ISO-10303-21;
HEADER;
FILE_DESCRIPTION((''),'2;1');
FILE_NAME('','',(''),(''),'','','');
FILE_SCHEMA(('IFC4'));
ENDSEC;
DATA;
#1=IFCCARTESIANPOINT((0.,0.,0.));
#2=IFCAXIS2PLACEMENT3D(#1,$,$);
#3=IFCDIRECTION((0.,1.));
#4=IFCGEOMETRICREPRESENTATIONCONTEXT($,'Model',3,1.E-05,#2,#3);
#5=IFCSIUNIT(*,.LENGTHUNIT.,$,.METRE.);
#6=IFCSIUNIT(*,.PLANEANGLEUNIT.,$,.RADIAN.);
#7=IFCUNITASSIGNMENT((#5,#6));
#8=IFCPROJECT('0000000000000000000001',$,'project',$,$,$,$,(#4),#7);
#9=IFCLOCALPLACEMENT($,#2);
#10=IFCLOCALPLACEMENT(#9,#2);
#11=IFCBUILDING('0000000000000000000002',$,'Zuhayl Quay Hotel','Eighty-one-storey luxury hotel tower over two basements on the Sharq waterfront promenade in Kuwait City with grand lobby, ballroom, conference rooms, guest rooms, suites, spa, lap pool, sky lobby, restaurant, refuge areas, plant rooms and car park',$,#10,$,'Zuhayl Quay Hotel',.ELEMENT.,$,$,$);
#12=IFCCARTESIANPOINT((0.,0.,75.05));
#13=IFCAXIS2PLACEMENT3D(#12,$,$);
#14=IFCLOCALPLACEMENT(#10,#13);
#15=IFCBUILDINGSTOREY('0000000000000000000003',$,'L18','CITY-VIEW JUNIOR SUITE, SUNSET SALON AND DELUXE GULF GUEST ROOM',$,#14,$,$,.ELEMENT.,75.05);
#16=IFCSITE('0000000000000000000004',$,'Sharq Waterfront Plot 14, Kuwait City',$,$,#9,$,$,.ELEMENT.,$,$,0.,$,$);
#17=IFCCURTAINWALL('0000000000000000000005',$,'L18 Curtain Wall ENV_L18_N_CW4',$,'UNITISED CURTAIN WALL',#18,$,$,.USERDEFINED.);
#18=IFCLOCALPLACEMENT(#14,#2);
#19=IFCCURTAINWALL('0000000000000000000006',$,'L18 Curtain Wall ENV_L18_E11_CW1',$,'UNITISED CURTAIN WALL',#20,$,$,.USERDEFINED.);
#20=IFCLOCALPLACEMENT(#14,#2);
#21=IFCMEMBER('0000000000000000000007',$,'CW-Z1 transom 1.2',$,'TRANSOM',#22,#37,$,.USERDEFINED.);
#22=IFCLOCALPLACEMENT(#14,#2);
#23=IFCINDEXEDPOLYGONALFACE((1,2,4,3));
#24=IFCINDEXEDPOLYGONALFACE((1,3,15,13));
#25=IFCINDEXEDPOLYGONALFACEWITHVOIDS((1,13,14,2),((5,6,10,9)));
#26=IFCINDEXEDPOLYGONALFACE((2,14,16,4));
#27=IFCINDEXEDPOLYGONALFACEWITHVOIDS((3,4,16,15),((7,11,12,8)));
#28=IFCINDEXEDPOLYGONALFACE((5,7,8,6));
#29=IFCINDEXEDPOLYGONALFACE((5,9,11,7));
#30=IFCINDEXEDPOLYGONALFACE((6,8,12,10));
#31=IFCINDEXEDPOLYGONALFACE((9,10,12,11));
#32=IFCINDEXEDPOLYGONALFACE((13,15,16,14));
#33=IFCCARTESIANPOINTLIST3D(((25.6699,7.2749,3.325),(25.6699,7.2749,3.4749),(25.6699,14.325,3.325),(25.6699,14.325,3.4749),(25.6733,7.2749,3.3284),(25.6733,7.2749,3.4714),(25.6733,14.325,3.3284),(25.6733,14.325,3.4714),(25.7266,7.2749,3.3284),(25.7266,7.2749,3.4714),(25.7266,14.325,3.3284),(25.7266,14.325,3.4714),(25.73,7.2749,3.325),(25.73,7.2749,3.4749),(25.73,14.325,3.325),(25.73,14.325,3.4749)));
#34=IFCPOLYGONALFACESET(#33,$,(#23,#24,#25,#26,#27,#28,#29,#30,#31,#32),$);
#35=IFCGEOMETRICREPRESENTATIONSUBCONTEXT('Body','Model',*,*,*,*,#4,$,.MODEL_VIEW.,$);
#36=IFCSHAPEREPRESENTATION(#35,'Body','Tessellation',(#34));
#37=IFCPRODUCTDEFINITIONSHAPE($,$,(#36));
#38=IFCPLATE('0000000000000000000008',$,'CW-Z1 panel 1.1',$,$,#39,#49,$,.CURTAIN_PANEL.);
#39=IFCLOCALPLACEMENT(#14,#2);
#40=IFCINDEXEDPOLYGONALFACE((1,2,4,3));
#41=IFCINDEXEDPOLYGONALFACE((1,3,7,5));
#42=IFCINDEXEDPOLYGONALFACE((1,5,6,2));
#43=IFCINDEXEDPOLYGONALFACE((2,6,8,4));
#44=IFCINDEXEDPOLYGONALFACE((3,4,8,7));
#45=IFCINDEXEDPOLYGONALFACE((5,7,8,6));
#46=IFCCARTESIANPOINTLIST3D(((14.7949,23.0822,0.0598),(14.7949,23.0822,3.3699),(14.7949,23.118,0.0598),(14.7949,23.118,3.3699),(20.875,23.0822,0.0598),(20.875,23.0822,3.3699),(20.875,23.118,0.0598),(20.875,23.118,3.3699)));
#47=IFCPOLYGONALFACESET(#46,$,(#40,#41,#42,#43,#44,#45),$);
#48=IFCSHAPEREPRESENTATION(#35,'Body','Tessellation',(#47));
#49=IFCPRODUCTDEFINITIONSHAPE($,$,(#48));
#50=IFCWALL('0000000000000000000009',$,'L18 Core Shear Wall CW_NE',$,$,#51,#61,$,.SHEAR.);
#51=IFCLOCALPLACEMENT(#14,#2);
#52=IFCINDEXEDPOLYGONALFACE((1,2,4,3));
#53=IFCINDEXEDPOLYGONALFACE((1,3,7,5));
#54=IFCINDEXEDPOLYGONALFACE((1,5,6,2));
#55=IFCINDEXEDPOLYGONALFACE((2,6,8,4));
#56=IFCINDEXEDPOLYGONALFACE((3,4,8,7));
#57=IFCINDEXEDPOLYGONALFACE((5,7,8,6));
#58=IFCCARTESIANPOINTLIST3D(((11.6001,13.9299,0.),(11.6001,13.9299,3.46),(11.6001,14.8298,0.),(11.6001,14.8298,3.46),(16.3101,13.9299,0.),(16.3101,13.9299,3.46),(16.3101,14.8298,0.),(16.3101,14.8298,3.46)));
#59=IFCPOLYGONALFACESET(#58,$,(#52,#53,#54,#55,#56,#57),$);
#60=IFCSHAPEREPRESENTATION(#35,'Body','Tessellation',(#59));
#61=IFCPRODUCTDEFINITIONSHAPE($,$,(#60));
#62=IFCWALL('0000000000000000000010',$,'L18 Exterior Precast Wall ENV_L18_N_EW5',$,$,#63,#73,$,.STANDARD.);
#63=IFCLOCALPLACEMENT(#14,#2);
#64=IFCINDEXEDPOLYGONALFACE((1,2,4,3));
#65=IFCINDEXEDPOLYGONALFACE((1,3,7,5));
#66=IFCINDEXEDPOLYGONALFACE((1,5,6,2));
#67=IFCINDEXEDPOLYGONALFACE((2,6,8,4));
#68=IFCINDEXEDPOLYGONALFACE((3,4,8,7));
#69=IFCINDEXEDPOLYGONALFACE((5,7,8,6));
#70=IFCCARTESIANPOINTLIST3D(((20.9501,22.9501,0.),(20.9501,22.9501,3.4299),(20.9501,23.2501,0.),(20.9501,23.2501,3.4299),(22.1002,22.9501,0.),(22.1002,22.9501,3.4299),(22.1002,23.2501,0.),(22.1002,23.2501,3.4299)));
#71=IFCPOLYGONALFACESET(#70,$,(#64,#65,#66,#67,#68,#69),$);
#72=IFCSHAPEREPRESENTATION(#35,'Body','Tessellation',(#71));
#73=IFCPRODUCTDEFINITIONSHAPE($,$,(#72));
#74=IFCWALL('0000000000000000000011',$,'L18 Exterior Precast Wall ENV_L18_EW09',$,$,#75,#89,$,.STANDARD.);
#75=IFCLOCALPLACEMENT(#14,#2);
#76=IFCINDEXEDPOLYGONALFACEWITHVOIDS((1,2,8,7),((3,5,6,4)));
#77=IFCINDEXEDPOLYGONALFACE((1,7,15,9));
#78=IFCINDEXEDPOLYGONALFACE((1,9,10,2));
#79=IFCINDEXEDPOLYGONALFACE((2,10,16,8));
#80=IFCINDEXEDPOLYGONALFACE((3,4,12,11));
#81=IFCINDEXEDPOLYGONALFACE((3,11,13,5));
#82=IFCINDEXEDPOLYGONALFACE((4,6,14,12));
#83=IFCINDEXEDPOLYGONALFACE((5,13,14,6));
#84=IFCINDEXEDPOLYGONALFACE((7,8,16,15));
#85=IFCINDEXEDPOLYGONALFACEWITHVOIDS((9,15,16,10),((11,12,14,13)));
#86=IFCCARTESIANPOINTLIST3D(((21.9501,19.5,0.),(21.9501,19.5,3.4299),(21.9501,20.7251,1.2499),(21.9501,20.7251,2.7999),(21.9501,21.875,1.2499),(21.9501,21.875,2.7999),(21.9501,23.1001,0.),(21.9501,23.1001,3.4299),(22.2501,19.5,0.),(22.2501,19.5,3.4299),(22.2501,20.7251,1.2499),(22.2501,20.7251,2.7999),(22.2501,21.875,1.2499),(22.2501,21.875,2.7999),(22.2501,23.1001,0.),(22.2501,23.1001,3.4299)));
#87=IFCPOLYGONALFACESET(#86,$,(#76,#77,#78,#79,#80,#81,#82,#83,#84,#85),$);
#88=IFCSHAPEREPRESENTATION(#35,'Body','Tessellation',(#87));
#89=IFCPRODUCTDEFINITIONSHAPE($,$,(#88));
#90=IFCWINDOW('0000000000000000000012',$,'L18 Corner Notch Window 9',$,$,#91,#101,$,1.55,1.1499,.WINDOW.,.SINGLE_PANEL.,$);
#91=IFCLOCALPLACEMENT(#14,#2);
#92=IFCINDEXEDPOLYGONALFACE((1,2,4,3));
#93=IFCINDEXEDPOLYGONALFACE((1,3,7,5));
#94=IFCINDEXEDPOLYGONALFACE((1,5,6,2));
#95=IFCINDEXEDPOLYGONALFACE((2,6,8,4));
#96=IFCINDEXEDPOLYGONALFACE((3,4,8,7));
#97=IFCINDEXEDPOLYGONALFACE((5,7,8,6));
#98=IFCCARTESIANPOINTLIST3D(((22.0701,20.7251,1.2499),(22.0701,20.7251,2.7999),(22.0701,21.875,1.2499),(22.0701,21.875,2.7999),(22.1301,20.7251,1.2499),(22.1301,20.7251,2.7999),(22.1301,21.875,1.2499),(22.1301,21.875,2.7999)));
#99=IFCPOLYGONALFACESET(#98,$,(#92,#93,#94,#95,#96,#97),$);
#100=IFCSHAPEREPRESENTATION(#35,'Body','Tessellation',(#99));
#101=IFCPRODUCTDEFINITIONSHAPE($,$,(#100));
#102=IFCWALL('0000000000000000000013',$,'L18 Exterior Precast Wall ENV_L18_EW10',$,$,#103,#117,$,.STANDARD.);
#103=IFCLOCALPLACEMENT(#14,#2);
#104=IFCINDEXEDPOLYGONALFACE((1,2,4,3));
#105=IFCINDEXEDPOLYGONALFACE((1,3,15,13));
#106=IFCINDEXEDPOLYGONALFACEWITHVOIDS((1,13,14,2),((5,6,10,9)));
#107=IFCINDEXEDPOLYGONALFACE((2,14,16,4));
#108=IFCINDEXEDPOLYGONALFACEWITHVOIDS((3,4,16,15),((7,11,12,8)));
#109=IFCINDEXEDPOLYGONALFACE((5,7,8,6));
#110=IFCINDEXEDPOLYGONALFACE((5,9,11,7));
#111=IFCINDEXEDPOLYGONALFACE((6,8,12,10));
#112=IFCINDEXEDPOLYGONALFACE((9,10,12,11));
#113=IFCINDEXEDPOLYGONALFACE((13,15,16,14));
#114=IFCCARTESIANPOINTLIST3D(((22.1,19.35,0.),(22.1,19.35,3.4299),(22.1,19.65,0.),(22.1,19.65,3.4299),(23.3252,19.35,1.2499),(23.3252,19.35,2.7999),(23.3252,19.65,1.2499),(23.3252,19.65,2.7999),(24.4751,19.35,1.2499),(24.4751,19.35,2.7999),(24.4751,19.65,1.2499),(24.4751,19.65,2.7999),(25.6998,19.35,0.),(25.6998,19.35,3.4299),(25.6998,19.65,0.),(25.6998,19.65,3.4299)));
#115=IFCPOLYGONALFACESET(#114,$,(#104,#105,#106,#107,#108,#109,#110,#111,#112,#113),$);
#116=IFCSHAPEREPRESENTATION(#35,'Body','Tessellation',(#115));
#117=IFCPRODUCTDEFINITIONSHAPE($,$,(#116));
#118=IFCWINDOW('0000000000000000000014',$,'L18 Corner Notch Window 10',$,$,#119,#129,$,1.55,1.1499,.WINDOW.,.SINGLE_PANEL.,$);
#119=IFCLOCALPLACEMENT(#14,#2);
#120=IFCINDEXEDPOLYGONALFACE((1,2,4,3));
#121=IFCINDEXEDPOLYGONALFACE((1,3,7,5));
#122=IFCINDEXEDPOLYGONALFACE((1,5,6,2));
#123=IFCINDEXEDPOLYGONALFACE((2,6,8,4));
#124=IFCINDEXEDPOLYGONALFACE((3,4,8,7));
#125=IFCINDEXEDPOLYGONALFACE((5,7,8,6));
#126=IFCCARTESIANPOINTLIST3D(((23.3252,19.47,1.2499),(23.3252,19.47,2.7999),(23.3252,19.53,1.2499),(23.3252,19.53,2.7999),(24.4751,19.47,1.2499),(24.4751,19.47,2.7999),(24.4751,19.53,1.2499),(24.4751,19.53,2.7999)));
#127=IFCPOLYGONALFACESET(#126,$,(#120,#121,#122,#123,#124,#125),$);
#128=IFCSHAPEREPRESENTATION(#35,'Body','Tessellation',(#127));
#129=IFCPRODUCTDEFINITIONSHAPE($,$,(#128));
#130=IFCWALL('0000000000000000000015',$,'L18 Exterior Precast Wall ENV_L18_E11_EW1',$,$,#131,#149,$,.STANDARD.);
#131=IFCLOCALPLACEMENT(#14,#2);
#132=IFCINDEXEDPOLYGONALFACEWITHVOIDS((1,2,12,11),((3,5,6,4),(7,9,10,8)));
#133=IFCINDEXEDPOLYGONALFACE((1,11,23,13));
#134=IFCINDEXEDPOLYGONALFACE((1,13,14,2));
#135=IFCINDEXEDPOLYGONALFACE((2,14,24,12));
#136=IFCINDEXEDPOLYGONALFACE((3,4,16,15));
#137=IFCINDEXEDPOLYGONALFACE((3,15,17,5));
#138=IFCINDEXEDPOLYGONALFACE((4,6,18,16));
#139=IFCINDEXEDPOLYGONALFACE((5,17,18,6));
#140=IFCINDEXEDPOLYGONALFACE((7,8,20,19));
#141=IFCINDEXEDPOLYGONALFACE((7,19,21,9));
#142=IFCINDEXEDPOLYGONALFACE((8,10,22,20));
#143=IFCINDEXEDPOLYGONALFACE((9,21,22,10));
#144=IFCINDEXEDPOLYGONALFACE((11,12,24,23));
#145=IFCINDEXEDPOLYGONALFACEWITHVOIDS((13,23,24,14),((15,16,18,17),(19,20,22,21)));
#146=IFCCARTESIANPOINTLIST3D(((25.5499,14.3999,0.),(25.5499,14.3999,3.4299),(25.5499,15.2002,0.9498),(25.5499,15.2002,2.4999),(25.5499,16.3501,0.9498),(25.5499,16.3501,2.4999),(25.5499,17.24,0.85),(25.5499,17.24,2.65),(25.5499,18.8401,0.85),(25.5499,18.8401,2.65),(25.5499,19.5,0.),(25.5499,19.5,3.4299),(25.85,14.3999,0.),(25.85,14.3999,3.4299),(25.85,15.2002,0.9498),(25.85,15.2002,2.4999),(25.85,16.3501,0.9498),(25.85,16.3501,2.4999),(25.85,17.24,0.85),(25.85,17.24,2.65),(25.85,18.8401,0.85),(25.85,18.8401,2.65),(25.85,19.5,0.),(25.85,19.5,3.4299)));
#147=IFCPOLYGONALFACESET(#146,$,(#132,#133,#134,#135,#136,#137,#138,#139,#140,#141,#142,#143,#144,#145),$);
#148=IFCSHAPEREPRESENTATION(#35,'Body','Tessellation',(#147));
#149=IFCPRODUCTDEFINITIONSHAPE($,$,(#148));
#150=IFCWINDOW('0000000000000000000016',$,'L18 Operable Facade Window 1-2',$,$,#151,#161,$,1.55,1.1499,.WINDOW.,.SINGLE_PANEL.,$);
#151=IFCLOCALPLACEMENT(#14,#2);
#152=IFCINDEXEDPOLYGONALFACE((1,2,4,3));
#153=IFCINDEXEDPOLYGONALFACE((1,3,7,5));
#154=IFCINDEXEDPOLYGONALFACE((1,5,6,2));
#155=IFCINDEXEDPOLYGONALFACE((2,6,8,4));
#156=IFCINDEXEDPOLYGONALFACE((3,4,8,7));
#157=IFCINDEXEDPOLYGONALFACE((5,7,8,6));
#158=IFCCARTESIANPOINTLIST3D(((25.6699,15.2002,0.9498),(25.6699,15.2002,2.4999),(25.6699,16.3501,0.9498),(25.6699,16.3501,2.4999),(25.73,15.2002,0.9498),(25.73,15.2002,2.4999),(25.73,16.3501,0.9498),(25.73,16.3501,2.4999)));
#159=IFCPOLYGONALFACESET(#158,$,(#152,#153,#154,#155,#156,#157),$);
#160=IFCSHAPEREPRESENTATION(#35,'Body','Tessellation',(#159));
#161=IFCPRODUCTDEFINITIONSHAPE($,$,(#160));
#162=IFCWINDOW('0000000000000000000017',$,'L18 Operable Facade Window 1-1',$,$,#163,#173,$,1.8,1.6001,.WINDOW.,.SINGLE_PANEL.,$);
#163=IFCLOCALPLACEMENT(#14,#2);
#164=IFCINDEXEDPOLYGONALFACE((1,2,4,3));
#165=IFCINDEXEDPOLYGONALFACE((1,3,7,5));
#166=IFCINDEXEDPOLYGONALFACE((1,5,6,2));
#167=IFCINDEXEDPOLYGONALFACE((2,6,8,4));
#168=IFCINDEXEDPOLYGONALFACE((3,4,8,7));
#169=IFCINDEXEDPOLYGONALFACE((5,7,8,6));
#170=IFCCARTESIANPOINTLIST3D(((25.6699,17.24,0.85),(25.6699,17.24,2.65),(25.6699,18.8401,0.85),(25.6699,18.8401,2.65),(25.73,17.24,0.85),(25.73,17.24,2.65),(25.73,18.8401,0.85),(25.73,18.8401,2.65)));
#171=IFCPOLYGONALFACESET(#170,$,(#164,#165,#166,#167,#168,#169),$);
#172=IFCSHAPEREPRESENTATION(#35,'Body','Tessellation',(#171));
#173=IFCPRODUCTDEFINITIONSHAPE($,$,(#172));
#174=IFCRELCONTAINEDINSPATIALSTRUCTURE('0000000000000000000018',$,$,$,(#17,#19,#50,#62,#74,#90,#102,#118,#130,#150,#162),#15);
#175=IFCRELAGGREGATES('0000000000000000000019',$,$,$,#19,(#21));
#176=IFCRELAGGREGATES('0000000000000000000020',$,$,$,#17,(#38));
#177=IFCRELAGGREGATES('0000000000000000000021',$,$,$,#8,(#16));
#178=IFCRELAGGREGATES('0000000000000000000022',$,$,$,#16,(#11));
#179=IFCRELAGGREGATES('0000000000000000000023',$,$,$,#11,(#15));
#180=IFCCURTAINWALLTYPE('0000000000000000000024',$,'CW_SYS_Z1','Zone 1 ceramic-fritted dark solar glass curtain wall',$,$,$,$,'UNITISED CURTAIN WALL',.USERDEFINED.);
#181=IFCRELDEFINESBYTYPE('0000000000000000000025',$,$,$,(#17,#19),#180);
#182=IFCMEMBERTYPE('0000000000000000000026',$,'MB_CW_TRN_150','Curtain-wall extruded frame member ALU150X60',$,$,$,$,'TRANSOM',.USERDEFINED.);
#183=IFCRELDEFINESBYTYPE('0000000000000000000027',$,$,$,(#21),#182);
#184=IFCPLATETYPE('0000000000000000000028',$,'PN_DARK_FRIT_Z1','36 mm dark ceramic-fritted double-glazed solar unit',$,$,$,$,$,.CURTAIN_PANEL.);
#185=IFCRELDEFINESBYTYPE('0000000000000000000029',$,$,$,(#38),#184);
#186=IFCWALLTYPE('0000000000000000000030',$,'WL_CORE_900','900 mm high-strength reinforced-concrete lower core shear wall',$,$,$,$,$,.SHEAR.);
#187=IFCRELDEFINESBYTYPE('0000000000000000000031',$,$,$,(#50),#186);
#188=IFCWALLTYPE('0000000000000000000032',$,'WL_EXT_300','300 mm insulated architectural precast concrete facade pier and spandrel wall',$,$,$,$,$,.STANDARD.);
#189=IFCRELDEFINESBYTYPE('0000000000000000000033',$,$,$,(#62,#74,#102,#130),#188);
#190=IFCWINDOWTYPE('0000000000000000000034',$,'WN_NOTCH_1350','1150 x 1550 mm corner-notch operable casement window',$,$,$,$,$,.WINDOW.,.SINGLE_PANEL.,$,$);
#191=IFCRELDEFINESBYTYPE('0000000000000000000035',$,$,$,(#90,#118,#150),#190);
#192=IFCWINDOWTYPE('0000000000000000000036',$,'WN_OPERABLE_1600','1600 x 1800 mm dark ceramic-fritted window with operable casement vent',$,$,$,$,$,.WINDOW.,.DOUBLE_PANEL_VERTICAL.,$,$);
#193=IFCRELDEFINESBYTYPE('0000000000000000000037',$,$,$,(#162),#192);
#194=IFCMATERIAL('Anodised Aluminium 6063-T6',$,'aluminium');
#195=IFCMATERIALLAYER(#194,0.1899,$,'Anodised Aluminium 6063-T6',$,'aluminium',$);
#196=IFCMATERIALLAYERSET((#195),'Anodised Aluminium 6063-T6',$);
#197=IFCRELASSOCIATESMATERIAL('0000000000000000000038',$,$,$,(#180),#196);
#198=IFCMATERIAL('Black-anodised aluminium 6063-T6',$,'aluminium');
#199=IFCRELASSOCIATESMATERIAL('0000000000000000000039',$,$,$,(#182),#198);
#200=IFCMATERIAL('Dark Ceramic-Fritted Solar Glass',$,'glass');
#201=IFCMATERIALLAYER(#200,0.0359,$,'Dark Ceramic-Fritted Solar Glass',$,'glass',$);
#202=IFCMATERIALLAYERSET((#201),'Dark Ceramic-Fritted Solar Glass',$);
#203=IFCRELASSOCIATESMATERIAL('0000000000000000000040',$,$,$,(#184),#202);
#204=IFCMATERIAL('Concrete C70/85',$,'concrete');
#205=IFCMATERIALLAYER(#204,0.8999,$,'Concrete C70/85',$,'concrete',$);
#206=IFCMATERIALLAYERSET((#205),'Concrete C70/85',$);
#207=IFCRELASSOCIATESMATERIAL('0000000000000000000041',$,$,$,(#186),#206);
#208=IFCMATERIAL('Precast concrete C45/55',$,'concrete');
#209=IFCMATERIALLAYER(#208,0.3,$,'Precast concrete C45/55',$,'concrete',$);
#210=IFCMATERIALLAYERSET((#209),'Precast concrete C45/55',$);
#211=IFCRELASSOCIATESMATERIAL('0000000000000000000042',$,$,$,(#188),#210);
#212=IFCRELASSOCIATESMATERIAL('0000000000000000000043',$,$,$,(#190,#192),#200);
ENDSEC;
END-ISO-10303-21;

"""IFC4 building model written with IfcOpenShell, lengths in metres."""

from ifc_helpers import new_model, si_unit, direction, frame, frame_2d, origin, origin_2d, place, context, subcontext, project, spatial, rectangle, hollow_rectangle, extrude, material, layer, layer_set, material_profile, profile_set, type_object, element, fill, aggregate, save


model = new_model("IFC4")

# Units and contexts
model_context = context("Model", 3, precision=1e-05, world=origin(), true_north=direction((0.0, 1.0)))
body_context = subcontext(model_context, "Body", "Model", "MODEL_VIEW")
ifc_project = project(units=[si_unit("LENGTHUNIT", "METRE"), si_unit("PLANEANGLEUNIT", "RADIAN")], contexts=[model_context])

# Site, building, storey
site_placement = place(None, origin())
site = spatial("IfcSite", under=ifc_project, at=site_placement, Name="Sharq Waterfront Plot 14, Kuwait City", CompositionType="ELEMENT", RefElevation=0.0)
building_placement = place(site_placement, origin())
building = spatial("IfcBuilding", under=site, at=building_placement, Name="Zuhayl Quay Hotel", Description="Eighty-one-storey luxury hotel tower over two basements on the Sharq waterfront promenade in Kuwait City with grand lobby, ballroom, conference rooms, guest rooms, suites, spa, lap pool, sky lobby, restaurant, refuge areas, plant rooms and car park", LongName="Zuhayl Quay Hotel", CompositionType="ELEMENT")
storey_placement = place(building_placement, frame((0.0, 0.0, 75.05)))
storey = spatial("IfcBuildingStorey", under=building, at=storey_placement, Name="L18", Description="CITY-VIEW JUNIOR SUITE, SUNSET SALON AND DELUXE GULF GUEST ROOM", CompositionType="ELEMENT", Elevation=75.05)

# Shared definitions
ifc_material_1 = material(Name="Concrete C70/85", Category="concrete")

# Curtain wall
ifc_material_2 = material(Name="Anodised Aluminium 6063-T6", Category="aluminium")
ifc_layer_1 = layer(ifc_material_2, 0.1899, Name="Anodised Aluminium 6063-T6", Category="aluminium")
ifc_layer_set_1 = layer_set([ifc_layer_1], Name="Anodised Aluminium 6063-T6")
curtain_wall_type = type_object("IfcCurtainWallType", Name="CW_SYS_Z1", Description="Zone 1 ceramic-fritted dark solar glass curtain wall", ElementType="UNITISED CURTAIN WALL", PredefinedType="USERDEFINED", material=ifc_layer_set_1)
curtain_wall_1_placement = place(storey_placement, origin())
curtain_wall_1 = element("IfcCurtainWall", 1, at=curtain_wall_1_placement, inside=storey, type_object=curtain_wall_type, Name="L18 Curtain Wall ENV_L18_N_CW4", ObjectType="UNITISED CURTAIN WALL", PredefinedType="USERDEFINED")
ifc_material_3 = material(Name="Black-anodised aluminium 6063-T6", Category="aluminium")

# Curtain wall
curtain_wall_2_placement = place(storey_placement, origin())
curtain_wall_2 = element("IfcCurtainWall", 2, at=curtain_wall_2_placement, inside=storey, type_object=curtain_wall_type, Name="L18 Curtain Wall ENV_L18_E11_CW1", ObjectType="UNITISED CURTAIN WALL", PredefinedType="USERDEFINED")

# Member
ifc_material_profile_1 = material_profile(ifc_material_3, hollow_rectangle(XDim=0.0601, YDim=0.1499, WallThickness=0.0034, at=origin_2d()), Name="ALU150X60")
ifc_profile_set_1 = profile_set([ifc_material_profile_1], Name="Black-anodised aluminium 6063-T6")
member_type_1 = type_object("IfcMemberType", Name="MB_CW_TRN_150", Description="Curtain-wall extruded frame member ALU150X60", ElementType="TRANSOM", PredefinedType="USERDEFINED", material=ifc_profile_set_1)
member_1_placement = place(storey_placement, frame((25.7, 14.325, 3.3999), z_axis=(0.0, -1.0, 0.0), x_axis=(1.0, 0.0, 0.0)))
member_1 = element("IfcMember", 3, at=member_1_placement, type_object=member_type_1, Name="CW-Z1 transom 1.2", ObjectType="TRANSOM", PredefinedType="USERDEFINED", context=body_context, shape_type="SweptSolid", body=[
    extrude(hollow_rectangle(XDim=0.0601, YDim=0.1499, WallThickness=0.0034, at=origin_2d()), origin(), (0.0, 0.0, 1.0), 7.05),
])
aggregate(curtain_wall_2, [member_1])

# Plate
ifc_material_4 = material(Name="Dark Ceramic-Fritted Solar Glass", Category="glass")
ifc_layer_2 = layer(ifc_material_4, 0.0359, Name="Dark Ceramic-Fritted Solar Glass", Category="glass")
ifc_layer_set_2 = layer_set([ifc_layer_2], Name="Dark Ceramic-Fritted Solar Glass")
plate_type = type_object("IfcPlateType", Name="PN_DARK_FRIT_Z1", Description="36 mm dark ceramic-fritted double-glazed solar unit", PredefinedType="CURTAIN_PANEL", material=ifc_layer_set_2)
plate_placement = place(storey_placement, frame((17.835, 23.1001, 0.0598), z_axis=(0.0, 0.0, 1.0), x_axis=(1.0, 0.0, 0.0)))
plate = element("IfcPlate", 4, at=plate_placement, type_object=plate_type, Name="CW-Z1 panel 1.1", PredefinedType="CURTAIN_PANEL", context=body_context, shape_type="SweptSolid", body=[
    extrude(rectangle(XDim=6.0801, YDim=0.0359, at=origin_2d()), origin(), (0.0, 0.0, 1.0), 3.3101),
])
aggregate(curtain_wall_1, [plate])

# Walls
ifc_layer_3 = layer(ifc_material_1, 0.8999, Name="Concrete C70/85", Category="concrete")
ifc_layer_set_3 = layer_set([ifc_layer_3], Name="Concrete C70/85")
wall_type_1 = type_object("IfcWallType", Name="WL_CORE_900", Description="900 mm high-strength reinforced-concrete lower core shear wall", PredefinedType="SHEAR", material=ifc_layer_set_3)
wall_1_placement = place(storey_placement, frame((11.6001, 14.3799, 0.0), z_axis=(0.0, 0.0, 1.0), x_axis=(1.0, 0.0, 0.0)))
element("IfcWall", 5, at=wall_1_placement, inside=storey, type_object=wall_type_1, Name="L18 Core Shear Wall CW_NE", PredefinedType="SHEAR", context=body_context, shape_type="SweptSolid", body=[
    extrude(rectangle(XDim=4.71, YDim=0.8999, at=frame_2d((2.355, 0.0))), origin(), (0.0, 0.0, 1.0), 3.46),
])
ifc_material_5 = material(Name="Precast concrete C45/55", Category="concrete")
ifc_layer_4 = layer(ifc_material_5, 0.3, Name="Precast concrete C45/55", Category="concrete")
ifc_layer_set_4 = layer_set([ifc_layer_4], Name="Precast concrete C45/55")
wall_type_2 = type_object("IfcWallType", Name="WL_EXT_300", Description="300 mm insulated architectural precast concrete facade pier and spandrel wall", PredefinedType="STANDARD", material=ifc_layer_set_4)
wall_2_placement = place(storey_placement, frame((20.95, 23.1001, 0.0), z_axis=(0.0, 0.0, 1.0), x_axis=(1.0, 0.0, 0.0)))
element("IfcWall", 6, at=wall_2_placement, inside=storey, type_object=wall_type_2, Name="L18 Exterior Precast Wall ENV_L18_N_EW5", PredefinedType="STANDARD", context=body_context, shape_type="SweptSolid", body=[
    extrude(rectangle(XDim=1.1501, YDim=0.3, at=frame_2d((0.5752, 0.0))), origin(), (0.0, 0.0, 1.0), 3.4299),
])

# Walls, openings, windows
wall_3_placement = place(storey_placement, frame((22.1001, 23.1001, 0.0), z_axis=(0.0, 0.0, 1.0), x_axis=(0.0, -1.0, 0.0)))
wall_3 = element("IfcWall", 7, at=wall_3_placement, inside=storey, type_object=wall_type_2, Name="L18 Exterior Precast Wall ENV_L18_EW09", PredefinedType="STANDARD", context=body_context, shape_type="SweptSolid", body=[
    extrude(rectangle(XDim=3.6001, YDim=0.3, at=frame_2d((1.8, 0.0))), origin(), (0.0, 0.0, 1.0), 3.4299),
])
opening_1_placement = place(wall_3_placement, frame((1.2251, 0.0, 1.25)))
opening_1 = element("IfcOpeningElement", 8, at=opening_1_placement, cuts=wall_3, PredefinedType="OPENING", context=body_context, shape_type="SweptSolid", body=[
    extrude(rectangle(XDim=1.1499, YDim=1.55, at=frame_2d((0.575, 0.7749))), frame((0.0, 0.1599, 0.0), z_axis=(0.0, -1.0, 0.0), x_axis=(1.0, 0.0, 0.0)), (0.0, 0.0, 1.0), 0.3201),
])
window_type_1 = type_object("IfcWindowType", Name="WN_NOTCH_1350", Description="1150 x 1550 mm corner-notch operable casement window", PartitioningType="SINGLE_PANEL", PredefinedType="WINDOW", material=ifc_material_4)
window_1_placement = place(opening_1_placement, origin())
window_1 = element("IfcWindow", 9, at=window_1_placement, inside=storey, type_object=window_type_1, Name="L18 Corner Notch Window 9", OverallHeight=1.55, OverallWidth=1.1499, PartitioningType="SINGLE_PANEL", PredefinedType="WINDOW", context=body_context, shape_type="SweptSolid", body=[
    extrude(rectangle(XDim=1.1499, YDim=1.55, at=frame_2d((0.575, 0.7749))), frame((0.0, 0.03, 0.0), z_axis=(0.0, -1.0, 0.0), x_axis=(1.0, 0.0, 0.0)), (0.0, 0.0, 1.0), 0.0601),
])
fill(opening_1, window_1)
wall_4_placement = place(storey_placement, frame((22.1001, 19.5, 0.0), z_axis=(0.0, 0.0, 1.0), x_axis=(1.0, 0.0, 0.0)))
wall_4 = element("IfcWall", 10, at=wall_4_placement, inside=storey, type_object=wall_type_2, Name="L18 Exterior Precast Wall ENV_L18_EW10", PredefinedType="STANDARD", context=body_context, shape_type="SweptSolid", body=[
    extrude(rectangle(XDim=3.5999, YDim=0.3, at=frame_2d((1.7998, 0.0))), origin(), (0.0, 0.0, 1.0), 3.4299),
])
opening_2_placement = place(wall_4_placement, frame((1.2251, 0.0, 1.25)))
opening_2 = element("IfcOpeningElement", 11, at=opening_2_placement, cuts=wall_4, PredefinedType="OPENING", context=body_context, shape_type="SweptSolid", body=[
    extrude(rectangle(XDim=1.1499, YDim=1.55, at=frame_2d((0.575, 0.7749))), frame((0.0, 0.1599, 0.0), z_axis=(0.0, -1.0, 0.0), x_axis=(1.0, 0.0, 0.0)), (0.0, 0.0, 1.0), 0.3201),
])
window_2_placement = place(opening_2_placement, origin())
window_2 = element("IfcWindow", 12, at=window_2_placement, inside=storey, type_object=window_type_1, Name="L18 Corner Notch Window 10", OverallHeight=1.55, OverallWidth=1.1499, PartitioningType="SINGLE_PANEL", PredefinedType="WINDOW", context=body_context, shape_type="SweptSolid", body=[
    extrude(rectangle(XDim=1.1499, YDim=1.55, at=frame_2d((0.575, 0.7749))), frame((0.0, 0.03, 0.0), z_axis=(0.0, -1.0, 0.0), x_axis=(1.0, 0.0, 0.0)), (0.0, 0.0, 1.0), 0.0601),
])
fill(opening_2, window_2)

# Wall, openings, windows
wall_5_placement = place(storey_placement, frame((25.7, 19.5, 0.0), z_axis=(0.0, 0.0, 1.0), x_axis=(0.0, -1.0, 0.0)))
wall_5 = element("IfcWall", 13, at=wall_5_placement, inside=storey, type_object=wall_type_2, Name="L18 Exterior Precast Wall ENV_L18_E11_EW1", PredefinedType="STANDARD", context=body_context, shape_type="SweptSolid", body=[
    extrude(rectangle(XDim=5.1001, YDim=0.3, at=frame_2d((2.55, 0.0))), origin(), (0.0, 0.0, 1.0), 3.4299),
])
opening_3_placement = place(wall_5_placement, frame((0.6599, 0.0, 0.8501)))
opening_3 = element("IfcOpeningElement", 14, at=opening_3_placement, cuts=wall_5, PredefinedType="OPENING", context=body_context, shape_type="SweptSolid", body=[
    extrude(rectangle(XDim=1.6001, YDim=1.8, at=frame_2d((0.8, 0.8999))), frame((0.0, 0.1599, 0.0), z_axis=(0.0, -1.0, 0.0), x_axis=(1.0, 0.0, 0.0)), (0.0, 0.0, 1.0), 0.3201),
])
opening_4_placement = place(wall_5_placement, frame((3.1499, 0.0, 0.95)))
opening_4 = element("IfcOpeningElement", 15, at=opening_4_placement, cuts=wall_5, PredefinedType="OPENING", context=body_context, shape_type="SweptSolid", body=[
    extrude(rectangle(XDim=1.1499, YDim=1.55, at=frame_2d((0.575, 0.7749))), frame((0.0, 0.1599, 0.0), z_axis=(0.0, -1.0, 0.0), x_axis=(1.0, 0.0, 0.0)), (0.0, 0.0, 1.0), 0.3201),
])
window_3_placement = place(opening_4_placement, origin())
window_3 = element("IfcWindow", 16, at=window_3_placement, inside=storey, type_object=window_type_1, Name="L18 Operable Facade Window 1-2", OverallHeight=1.55, OverallWidth=1.1499, PartitioningType="SINGLE_PANEL", PredefinedType="WINDOW", context=body_context, shape_type="SweptSolid", body=[
    extrude(rectangle(XDim=1.1499, YDim=1.55, at=frame_2d((0.575, 0.7749))), frame((0.0, 0.03, 0.0), z_axis=(0.0, -1.0, 0.0), x_axis=(1.0, 0.0, 0.0)), (0.0, 0.0, 1.0), 0.0601),
])
fill(opening_4, window_3)
window_type_2 = type_object("IfcWindowType", Name="WN_OPERABLE_1600", Description="1600 x 1800 mm dark ceramic-fritted window with operable casement vent", PartitioningType="DOUBLE_PANEL_VERTICAL", PredefinedType="WINDOW", material=ifc_material_4)
window_4_placement = place(opening_3_placement, origin())
window_4 = element("IfcWindow", 17, at=window_4_placement, inside=storey, type_object=window_type_2, Name="L18 Operable Facade Window 1-1", OverallHeight=1.8, OverallWidth=1.6001, PartitioningType="SINGLE_PANEL", PredefinedType="WINDOW", context=body_context, shape_type="SweptSolid", body=[
    extrude(rectangle(XDim=1.6001, YDim=1.8, at=frame_2d((0.8, 0.8999))), frame((0.0, 0.03, 0.0), z_axis=(0.0, -1.0, 0.0), x_axis=(1.0, 0.0, 0.0)), (0.0, 0.0, 1.0), 0.0601),
])
fill(opening_3, window_4)

save(model, "model.ifc")
